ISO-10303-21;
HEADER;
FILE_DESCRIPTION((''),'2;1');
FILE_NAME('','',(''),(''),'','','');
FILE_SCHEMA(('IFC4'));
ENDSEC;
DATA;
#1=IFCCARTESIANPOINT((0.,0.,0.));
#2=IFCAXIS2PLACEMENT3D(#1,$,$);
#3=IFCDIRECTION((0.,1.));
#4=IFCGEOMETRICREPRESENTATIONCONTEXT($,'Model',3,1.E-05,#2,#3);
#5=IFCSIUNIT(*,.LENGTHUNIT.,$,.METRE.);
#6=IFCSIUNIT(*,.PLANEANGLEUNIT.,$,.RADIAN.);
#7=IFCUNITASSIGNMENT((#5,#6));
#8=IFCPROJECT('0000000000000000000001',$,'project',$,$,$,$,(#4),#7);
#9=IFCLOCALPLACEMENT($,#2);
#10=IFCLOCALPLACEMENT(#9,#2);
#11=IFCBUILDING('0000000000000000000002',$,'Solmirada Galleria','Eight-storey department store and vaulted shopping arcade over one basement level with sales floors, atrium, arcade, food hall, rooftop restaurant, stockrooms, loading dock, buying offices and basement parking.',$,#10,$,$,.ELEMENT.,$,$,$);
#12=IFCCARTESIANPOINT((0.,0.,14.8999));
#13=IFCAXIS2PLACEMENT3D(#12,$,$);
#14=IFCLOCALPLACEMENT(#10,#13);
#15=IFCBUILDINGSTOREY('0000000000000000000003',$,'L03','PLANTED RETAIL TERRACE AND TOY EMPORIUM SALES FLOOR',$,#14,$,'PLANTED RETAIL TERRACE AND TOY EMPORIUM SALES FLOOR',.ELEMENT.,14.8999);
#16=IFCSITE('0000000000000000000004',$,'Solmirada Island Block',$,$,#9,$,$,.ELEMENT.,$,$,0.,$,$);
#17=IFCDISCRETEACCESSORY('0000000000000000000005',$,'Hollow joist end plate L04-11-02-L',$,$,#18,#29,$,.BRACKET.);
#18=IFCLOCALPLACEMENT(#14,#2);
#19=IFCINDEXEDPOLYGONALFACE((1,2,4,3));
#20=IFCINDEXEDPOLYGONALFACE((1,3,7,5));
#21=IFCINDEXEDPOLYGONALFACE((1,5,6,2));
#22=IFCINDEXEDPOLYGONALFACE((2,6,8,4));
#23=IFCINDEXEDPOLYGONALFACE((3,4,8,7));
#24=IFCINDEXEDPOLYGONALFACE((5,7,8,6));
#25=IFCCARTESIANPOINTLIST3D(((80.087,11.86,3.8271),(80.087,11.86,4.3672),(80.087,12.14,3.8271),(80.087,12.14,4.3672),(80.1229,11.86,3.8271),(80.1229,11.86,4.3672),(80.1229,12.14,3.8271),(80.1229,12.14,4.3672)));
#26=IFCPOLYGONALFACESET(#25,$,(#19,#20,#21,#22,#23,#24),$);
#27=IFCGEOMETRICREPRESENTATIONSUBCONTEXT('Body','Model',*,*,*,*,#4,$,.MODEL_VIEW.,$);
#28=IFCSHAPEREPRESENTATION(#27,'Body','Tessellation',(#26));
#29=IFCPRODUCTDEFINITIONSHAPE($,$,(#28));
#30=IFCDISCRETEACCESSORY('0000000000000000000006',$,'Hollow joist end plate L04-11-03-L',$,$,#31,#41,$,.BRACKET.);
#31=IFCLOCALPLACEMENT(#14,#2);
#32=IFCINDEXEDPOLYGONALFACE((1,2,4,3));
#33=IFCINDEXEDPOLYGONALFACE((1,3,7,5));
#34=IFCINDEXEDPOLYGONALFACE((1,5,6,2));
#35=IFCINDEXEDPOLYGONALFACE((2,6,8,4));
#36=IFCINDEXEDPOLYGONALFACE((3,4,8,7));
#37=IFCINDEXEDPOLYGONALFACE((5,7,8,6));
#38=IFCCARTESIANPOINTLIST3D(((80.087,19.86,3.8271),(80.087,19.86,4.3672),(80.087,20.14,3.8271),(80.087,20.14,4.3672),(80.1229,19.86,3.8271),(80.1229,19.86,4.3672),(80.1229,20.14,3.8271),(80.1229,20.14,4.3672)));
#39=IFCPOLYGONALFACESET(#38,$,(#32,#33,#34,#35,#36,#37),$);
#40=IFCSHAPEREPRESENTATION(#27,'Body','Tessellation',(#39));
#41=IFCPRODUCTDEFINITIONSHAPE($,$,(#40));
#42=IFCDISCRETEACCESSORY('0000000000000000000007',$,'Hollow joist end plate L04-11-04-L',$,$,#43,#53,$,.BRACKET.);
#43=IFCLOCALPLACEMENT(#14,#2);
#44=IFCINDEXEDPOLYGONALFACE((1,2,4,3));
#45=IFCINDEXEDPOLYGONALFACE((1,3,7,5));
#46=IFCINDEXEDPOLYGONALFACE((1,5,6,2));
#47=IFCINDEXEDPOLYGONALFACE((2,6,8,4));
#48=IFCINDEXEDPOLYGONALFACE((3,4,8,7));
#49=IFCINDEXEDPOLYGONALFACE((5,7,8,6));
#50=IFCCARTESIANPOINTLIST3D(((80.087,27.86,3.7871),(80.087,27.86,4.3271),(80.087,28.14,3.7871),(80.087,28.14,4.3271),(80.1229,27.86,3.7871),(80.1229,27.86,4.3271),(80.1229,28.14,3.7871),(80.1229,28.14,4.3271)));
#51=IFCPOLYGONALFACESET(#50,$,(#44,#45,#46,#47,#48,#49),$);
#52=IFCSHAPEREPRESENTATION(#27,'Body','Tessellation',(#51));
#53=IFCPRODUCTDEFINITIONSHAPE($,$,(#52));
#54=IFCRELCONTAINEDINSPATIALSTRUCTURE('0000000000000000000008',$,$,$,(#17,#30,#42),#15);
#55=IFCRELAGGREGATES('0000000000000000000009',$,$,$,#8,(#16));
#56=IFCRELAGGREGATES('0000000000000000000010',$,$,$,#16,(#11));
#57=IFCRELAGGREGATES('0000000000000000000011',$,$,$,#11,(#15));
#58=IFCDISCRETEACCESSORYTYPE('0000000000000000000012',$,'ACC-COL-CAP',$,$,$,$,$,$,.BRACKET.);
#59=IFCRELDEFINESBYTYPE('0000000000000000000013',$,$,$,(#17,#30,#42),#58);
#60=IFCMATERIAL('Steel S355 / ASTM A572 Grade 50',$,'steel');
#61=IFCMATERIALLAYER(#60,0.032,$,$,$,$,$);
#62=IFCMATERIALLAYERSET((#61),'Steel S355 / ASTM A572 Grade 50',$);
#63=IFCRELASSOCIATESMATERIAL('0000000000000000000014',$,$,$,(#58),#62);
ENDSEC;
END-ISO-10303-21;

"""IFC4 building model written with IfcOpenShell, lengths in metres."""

from ifc_helpers import new_model, si_unit, direction, frame, origin, origin_2d, place, context, subcontext, project, spatial, rectangle, extrude, material, layer, layer_set, type_object, element, save


model = new_model("IFC4")

# Units and contexts
model_context = context("Model", 3, precision=1e-05, world=origin(), true_north=direction((0.0, 1.0)))
body_context = subcontext(model_context, "Body", "Model", "MODEL_VIEW")
ifc_project = project(units=[si_unit("LENGTHUNIT", "METRE"), si_unit("PLANEANGLEUNIT", "RADIAN")], contexts=[model_context])

# Site, building, storey
site_placement = place(None, origin())
site = spatial("IfcSite", under=ifc_project, at=site_placement, Name="Solmirada Island Block", CompositionType="ELEMENT", RefElevation=0.0)
building_placement = place(site_placement, origin())
building = spatial("IfcBuilding", under=site, at=building_placement, Name="Solmirada Galleria", Description="Eight-storey department store and vaulted shopping arcade over one basement level with sales floors, atrium, arcade, food hall, rooftop restaurant, stockrooms, loading dock, buying offices and basement parking.", CompositionType="ELEMENT")
storey_placement = place(building_placement, frame((0.0, 0.0, 14.8999)))
storey = spatial("IfcBuildingStorey", under=building, at=storey_placement, Name="L03", Description="PLANTED RETAIL TERRACE AND TOY EMPORIUM SALES FLOOR", LongName="PLANTED RETAIL TERRACE AND TOY EMPORIUM SALES FLOOR", CompositionType="ELEMENT", Elevation=14.8999)

# Discrete accessories
ifc_material_1 = material(Name="Steel S355 / ASTM A572 Grade 50", Category="steel")
ifc_layer_1 = layer(ifc_material_1, 0.032)
ifc_layer_set_1 = layer_set([ifc_layer_1], Name="Steel S355 / ASTM A572 Grade 50")
discrete_accessory_type = type_object("IfcDiscreteAccessoryType", Name="ACC-COL-CAP", PredefinedType="BRACKET", material=ifc_layer_set_1)
for number, where, z_axis, x_axis, name in (
    (1, (80.105, 12.0, 3.8271), (0.0, 0.0, 1.0), (1.0, 0.0, 0.0), "Hollow joist end plate L04-11-02-L"),
    (2, (80.105, 20.0, 3.8271), (0.0, 0.0, 1.0), (1.0, 0.0, 0.0), "Hollow joist end plate L04-11-03-L"),
    (3, (80.105, 28.0, 3.7871), (0.0, 0.0, 1.0), (1.0, 0.0, 0.0), "Hollow joist end plate L04-11-04-L"),
):
    element("IfcDiscreteAccessory", number, at=place(storey_placement, frame(where, z_axis=z_axis, x_axis=x_axis)), inside=storey, type_object=discrete_accessory_type, Name=name, PredefinedType="BRACKET", context=body_context, shape_type="SweptSolid", body=[
        extrude(rectangle(XDim=0.0359, YDim=0.28, at=origin_2d()), origin(), (0.0, 0.0, 1.0), 0.54),
    ])

save(model, "model.ifc")
